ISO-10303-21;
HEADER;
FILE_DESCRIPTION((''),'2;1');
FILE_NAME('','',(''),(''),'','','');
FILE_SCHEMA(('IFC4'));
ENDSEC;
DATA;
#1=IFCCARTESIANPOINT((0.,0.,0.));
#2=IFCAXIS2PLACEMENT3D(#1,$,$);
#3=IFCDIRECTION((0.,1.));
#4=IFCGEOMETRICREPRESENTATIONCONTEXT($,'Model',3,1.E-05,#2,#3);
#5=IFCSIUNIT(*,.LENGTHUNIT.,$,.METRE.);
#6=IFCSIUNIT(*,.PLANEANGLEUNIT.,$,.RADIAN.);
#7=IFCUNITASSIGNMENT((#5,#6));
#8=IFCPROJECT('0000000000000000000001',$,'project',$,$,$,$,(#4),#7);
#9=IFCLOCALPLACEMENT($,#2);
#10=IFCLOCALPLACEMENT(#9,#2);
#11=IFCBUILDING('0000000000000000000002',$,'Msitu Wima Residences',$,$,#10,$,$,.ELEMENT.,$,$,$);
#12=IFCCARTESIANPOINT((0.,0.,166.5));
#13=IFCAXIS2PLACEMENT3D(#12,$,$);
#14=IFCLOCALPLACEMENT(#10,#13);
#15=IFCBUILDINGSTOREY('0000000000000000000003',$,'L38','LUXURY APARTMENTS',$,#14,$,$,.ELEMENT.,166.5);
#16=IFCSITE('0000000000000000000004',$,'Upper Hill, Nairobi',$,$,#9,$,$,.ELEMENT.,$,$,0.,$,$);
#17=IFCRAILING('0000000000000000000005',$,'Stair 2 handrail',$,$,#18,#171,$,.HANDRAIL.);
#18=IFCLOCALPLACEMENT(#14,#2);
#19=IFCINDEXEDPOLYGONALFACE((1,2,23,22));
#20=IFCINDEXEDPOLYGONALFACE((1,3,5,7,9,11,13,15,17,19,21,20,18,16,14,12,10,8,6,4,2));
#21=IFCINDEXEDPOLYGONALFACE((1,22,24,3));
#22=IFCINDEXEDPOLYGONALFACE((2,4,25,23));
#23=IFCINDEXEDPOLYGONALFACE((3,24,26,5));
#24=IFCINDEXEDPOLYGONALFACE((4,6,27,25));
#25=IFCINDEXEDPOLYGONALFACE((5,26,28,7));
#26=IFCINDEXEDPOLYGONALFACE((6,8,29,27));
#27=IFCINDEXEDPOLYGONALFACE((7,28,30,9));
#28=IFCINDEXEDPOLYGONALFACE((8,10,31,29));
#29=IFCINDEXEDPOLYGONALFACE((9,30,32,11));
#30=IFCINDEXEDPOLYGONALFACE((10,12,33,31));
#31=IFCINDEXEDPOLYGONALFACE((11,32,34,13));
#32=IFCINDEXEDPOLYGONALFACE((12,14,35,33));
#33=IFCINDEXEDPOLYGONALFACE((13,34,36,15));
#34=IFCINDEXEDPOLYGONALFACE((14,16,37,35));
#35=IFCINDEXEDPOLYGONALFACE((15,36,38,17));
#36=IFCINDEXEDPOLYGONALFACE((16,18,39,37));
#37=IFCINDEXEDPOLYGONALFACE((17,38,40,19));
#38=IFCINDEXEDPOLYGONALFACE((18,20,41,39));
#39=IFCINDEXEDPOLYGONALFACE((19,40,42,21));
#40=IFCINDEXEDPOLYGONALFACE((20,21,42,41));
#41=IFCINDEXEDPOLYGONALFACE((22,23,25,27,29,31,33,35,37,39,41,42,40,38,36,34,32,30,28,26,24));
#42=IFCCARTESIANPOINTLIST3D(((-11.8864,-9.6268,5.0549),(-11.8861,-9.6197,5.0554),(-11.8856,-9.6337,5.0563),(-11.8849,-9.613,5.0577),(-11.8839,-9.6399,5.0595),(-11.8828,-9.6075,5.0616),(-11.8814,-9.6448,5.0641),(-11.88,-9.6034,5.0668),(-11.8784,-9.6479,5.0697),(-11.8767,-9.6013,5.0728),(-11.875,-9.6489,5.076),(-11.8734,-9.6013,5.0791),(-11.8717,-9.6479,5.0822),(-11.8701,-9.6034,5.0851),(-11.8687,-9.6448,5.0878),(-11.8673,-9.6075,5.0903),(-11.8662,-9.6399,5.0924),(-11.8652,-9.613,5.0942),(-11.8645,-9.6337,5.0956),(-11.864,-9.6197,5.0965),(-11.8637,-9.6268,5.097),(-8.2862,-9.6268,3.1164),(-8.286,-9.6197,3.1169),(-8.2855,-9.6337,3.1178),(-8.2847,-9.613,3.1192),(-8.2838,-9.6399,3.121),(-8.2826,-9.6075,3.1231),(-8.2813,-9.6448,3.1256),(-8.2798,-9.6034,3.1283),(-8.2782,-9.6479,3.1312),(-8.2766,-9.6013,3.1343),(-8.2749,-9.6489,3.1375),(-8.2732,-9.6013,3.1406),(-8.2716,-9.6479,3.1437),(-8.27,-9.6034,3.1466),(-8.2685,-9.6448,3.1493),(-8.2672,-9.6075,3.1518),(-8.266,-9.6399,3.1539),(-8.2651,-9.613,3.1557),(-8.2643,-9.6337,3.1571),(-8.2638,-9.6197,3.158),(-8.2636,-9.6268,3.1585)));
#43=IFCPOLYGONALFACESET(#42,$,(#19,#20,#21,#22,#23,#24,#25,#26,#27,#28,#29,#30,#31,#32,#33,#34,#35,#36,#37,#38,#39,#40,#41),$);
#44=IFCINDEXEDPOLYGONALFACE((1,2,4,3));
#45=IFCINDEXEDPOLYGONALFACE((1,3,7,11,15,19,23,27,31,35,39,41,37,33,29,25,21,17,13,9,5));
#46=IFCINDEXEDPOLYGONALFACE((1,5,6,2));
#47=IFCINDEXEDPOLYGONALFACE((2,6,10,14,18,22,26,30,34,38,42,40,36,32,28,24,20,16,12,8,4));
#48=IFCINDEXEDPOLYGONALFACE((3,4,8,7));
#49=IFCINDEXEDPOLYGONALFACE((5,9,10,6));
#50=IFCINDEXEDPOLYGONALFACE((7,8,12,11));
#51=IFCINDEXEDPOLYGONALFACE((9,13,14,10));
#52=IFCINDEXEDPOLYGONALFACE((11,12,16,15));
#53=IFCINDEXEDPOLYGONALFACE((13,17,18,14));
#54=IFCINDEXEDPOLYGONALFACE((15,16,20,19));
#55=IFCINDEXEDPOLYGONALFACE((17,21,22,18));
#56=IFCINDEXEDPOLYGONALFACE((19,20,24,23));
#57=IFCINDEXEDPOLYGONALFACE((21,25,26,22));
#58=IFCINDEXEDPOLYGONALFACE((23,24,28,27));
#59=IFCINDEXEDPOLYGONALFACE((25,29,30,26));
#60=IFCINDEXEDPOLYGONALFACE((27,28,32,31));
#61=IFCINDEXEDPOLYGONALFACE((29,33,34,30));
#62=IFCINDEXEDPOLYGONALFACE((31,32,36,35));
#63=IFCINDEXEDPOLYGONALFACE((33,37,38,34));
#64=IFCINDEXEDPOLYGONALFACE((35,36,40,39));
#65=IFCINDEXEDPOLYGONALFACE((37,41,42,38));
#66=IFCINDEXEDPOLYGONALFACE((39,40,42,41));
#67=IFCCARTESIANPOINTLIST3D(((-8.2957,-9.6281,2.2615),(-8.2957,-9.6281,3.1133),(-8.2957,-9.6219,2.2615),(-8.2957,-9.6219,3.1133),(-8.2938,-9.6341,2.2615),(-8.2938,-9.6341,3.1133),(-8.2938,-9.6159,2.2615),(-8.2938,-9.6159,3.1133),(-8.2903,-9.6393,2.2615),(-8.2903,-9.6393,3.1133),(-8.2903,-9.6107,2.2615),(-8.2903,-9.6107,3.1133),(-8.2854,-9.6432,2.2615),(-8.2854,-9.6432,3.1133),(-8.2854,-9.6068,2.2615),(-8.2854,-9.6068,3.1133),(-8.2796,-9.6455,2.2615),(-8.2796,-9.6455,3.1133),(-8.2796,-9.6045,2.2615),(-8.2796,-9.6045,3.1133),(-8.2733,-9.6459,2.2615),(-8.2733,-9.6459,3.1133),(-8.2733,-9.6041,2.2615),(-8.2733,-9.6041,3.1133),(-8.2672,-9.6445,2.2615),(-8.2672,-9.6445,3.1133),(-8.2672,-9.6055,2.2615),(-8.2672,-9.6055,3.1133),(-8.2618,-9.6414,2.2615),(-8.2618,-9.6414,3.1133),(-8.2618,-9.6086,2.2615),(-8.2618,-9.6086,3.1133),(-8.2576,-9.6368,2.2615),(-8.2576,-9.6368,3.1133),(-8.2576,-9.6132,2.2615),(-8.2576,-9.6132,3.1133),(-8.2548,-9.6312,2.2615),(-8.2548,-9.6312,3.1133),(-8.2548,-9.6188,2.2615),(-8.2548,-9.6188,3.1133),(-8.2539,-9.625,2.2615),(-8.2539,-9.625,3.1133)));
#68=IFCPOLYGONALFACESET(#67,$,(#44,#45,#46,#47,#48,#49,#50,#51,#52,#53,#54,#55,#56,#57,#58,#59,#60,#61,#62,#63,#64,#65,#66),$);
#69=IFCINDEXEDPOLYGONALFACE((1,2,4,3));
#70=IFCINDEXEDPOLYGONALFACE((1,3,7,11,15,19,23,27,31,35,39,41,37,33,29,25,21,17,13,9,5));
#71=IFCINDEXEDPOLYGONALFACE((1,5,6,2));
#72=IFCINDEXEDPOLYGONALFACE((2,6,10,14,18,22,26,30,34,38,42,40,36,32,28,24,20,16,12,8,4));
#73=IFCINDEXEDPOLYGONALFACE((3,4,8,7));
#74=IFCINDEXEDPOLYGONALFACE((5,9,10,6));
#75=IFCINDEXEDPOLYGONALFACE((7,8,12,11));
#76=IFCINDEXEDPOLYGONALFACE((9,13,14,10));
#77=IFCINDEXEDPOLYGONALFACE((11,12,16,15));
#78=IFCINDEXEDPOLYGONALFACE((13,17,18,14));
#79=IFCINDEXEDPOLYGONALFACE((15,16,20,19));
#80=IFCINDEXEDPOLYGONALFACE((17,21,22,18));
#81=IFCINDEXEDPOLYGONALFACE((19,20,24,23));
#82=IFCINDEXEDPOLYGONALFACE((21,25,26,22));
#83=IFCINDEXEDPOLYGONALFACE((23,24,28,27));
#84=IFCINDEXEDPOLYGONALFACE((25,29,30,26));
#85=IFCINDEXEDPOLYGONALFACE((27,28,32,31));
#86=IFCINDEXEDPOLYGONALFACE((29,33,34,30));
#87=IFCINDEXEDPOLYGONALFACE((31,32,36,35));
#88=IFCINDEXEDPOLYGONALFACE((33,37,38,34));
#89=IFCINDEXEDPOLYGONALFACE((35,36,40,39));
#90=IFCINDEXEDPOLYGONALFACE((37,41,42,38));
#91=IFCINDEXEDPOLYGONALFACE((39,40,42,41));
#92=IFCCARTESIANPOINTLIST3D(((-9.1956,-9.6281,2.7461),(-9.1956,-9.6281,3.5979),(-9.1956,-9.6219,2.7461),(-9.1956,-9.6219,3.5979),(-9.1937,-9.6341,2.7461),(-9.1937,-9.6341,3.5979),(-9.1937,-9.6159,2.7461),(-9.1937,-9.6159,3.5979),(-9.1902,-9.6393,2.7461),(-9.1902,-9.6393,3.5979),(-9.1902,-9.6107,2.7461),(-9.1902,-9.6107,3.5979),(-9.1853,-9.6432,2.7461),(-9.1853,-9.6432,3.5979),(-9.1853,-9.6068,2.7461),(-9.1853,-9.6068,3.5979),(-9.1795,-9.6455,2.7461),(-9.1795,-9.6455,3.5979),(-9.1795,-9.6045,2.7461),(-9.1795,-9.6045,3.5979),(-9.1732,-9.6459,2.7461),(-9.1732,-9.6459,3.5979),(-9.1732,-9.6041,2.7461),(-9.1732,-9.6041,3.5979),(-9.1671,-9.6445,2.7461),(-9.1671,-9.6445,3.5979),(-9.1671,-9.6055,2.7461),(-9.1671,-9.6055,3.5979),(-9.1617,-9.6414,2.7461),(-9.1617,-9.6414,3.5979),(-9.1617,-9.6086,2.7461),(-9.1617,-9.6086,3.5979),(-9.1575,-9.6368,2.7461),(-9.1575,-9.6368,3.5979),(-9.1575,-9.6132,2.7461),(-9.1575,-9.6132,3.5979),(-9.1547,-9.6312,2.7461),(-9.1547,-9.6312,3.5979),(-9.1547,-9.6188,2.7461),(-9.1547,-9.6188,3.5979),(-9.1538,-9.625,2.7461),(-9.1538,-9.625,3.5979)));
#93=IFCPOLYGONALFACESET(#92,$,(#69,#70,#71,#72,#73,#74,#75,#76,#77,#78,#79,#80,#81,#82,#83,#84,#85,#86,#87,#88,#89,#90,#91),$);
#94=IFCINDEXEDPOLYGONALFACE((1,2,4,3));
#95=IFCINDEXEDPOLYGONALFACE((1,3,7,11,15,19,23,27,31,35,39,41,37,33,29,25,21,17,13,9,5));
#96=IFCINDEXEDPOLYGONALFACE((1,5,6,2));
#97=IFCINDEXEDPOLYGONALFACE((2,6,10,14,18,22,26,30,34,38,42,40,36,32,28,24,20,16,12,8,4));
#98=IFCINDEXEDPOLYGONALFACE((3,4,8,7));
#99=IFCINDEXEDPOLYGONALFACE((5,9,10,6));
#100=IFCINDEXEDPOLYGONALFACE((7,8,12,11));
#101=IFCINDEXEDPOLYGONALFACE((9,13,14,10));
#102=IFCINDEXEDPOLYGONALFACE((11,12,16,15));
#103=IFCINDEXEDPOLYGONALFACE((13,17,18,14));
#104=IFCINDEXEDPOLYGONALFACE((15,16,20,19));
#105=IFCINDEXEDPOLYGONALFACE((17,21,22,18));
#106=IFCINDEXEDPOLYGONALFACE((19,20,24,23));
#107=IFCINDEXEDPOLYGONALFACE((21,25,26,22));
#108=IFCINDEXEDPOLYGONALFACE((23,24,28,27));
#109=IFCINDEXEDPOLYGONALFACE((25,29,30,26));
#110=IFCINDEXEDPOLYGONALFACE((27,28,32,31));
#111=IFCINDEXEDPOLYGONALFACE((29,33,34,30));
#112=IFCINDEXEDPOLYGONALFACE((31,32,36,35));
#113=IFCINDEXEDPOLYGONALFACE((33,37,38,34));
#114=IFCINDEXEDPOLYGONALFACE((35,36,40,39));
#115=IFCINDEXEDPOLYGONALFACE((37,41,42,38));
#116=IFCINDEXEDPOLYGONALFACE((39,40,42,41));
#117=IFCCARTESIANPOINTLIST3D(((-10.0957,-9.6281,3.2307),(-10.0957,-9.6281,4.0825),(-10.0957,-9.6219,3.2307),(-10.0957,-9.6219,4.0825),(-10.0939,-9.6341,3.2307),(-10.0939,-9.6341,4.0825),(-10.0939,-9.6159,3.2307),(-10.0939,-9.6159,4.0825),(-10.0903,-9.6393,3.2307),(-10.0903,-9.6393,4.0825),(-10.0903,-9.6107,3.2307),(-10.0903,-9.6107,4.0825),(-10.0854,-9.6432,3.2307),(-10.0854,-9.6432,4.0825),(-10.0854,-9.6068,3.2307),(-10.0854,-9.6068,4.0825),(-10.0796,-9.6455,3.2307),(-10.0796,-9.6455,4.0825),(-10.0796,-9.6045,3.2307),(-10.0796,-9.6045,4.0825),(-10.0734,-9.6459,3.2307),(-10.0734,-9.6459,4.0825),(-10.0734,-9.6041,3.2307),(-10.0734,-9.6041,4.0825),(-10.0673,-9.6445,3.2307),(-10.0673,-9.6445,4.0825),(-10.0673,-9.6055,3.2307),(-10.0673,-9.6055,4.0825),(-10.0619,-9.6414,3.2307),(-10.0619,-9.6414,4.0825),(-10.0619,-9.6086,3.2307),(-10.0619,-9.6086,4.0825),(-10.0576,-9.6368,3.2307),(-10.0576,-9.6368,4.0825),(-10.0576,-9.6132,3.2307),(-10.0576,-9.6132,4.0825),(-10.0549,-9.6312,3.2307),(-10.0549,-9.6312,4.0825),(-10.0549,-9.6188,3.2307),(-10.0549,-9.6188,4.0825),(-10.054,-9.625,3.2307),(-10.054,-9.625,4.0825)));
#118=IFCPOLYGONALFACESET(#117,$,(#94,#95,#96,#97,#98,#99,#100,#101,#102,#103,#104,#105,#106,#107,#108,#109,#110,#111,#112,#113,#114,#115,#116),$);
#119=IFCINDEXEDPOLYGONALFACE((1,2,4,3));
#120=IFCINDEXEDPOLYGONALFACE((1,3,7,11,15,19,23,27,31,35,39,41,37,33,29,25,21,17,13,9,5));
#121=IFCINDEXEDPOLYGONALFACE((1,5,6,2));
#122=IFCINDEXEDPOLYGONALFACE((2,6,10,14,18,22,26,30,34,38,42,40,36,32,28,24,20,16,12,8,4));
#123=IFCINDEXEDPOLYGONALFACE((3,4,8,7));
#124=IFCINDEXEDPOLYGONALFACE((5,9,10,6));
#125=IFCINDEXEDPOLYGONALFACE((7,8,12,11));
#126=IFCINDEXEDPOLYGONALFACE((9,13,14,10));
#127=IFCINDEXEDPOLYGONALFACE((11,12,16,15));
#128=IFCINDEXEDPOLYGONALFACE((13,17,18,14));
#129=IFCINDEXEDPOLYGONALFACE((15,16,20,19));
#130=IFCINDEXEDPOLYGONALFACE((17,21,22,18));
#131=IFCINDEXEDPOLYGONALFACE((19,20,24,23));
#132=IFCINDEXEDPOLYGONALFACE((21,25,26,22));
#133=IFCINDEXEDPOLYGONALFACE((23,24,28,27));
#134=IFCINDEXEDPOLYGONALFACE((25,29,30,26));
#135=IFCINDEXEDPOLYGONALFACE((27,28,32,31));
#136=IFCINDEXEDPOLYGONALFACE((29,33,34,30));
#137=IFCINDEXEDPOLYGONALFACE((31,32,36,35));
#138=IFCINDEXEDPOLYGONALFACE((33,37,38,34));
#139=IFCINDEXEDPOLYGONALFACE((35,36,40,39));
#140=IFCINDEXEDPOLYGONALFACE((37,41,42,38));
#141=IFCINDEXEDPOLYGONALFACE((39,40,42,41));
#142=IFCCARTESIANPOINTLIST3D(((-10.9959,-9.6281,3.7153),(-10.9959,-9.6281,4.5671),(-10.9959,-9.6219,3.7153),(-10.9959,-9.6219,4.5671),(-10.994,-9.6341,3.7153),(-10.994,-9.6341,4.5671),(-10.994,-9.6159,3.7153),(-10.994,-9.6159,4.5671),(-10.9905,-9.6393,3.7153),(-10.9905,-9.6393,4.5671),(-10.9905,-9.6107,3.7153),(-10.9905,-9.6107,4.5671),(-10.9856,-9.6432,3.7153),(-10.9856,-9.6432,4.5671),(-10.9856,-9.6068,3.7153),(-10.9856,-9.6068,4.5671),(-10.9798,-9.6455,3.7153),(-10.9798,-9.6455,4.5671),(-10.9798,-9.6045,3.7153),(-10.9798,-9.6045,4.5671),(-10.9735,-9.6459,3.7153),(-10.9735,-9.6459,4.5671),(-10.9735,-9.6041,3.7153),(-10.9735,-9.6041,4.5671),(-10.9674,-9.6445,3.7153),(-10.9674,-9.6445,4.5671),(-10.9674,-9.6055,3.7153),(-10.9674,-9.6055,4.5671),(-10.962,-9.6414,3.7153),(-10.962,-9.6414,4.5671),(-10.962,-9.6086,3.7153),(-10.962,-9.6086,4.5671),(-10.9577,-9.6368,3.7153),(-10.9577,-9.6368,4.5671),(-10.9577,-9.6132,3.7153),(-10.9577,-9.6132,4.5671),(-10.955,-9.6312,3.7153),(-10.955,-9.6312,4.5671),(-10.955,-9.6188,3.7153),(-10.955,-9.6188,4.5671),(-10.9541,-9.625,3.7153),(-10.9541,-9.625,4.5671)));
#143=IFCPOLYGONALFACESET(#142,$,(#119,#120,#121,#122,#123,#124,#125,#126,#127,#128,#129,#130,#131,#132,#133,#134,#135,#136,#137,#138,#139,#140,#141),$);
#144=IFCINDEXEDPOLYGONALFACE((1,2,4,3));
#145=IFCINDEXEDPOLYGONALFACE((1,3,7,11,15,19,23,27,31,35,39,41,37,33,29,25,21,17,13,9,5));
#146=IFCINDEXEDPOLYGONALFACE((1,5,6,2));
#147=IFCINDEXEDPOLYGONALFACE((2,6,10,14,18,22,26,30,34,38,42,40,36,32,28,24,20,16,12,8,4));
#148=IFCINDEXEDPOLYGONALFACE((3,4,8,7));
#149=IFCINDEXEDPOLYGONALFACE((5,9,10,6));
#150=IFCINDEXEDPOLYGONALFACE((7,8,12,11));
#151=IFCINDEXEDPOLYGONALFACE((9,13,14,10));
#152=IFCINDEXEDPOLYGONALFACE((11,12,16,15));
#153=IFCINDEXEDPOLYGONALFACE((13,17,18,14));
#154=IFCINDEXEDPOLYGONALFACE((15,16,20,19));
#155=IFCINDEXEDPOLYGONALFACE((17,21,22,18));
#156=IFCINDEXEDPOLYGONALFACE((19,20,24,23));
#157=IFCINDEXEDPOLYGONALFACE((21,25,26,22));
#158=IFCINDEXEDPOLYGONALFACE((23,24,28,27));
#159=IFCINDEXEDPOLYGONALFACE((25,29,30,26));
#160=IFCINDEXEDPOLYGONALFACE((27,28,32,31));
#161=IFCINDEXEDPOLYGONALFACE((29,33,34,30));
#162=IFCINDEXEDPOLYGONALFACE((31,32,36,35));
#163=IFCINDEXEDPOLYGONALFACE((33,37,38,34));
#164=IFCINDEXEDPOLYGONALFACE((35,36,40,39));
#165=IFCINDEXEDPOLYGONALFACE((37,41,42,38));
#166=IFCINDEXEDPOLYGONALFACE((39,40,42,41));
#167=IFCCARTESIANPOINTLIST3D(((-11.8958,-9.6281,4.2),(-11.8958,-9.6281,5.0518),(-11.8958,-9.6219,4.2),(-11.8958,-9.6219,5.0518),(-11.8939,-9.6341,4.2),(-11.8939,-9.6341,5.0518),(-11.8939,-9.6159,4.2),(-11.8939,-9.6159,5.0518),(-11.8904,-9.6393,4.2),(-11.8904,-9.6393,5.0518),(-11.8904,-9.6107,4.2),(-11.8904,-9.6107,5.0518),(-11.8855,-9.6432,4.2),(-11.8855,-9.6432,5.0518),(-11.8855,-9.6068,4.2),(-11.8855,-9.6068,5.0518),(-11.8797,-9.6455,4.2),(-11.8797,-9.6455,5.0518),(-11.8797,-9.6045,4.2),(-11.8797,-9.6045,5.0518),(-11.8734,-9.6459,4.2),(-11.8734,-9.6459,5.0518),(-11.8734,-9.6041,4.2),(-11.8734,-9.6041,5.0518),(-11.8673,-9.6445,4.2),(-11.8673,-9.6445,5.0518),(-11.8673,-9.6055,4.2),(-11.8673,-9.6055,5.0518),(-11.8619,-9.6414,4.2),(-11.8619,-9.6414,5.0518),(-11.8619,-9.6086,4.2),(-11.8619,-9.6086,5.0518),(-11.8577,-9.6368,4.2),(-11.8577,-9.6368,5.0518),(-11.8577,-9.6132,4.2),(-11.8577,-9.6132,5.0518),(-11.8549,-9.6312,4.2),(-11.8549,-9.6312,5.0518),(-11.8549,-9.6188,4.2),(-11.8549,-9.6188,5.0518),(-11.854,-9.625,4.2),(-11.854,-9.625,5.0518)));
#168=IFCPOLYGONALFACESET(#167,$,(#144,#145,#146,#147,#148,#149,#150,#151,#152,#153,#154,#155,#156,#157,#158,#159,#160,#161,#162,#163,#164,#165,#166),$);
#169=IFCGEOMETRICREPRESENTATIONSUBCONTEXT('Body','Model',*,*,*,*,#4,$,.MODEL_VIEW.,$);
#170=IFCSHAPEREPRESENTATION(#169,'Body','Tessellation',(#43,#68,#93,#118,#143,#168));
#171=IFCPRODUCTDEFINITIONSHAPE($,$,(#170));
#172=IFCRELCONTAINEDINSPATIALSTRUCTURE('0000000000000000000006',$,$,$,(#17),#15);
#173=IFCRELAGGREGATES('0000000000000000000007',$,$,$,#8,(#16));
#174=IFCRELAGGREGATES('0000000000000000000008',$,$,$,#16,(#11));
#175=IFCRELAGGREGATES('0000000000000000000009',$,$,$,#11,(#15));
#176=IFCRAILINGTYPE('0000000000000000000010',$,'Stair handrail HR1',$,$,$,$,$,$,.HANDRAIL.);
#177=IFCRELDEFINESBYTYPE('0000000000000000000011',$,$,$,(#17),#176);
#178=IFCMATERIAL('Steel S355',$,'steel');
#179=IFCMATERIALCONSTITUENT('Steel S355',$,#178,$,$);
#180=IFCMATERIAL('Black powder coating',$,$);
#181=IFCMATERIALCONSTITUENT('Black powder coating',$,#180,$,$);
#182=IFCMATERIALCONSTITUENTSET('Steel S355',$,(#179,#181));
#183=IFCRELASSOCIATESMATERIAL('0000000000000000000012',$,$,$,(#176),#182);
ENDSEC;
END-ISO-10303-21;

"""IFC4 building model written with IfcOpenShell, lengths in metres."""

from ifc_helpers import new_model, si_unit, direction, frame, origin, origin_2d, place, context, subcontext, project, spatial, circle, extrude, material, constituent, constituent_set, type_object, element, save


model = new_model("IFC4")

# Units and contexts
model_context = context("Model", 3, precision=1e-05, world=origin(), true_north=direction((0.0, 1.0)))
body_context = subcontext(model_context, "Body", "Model", "MODEL_VIEW")
ifc_project = project(units=[si_unit("LENGTHUNIT", "METRE"), si_unit("PLANEANGLEUNIT", "RADIAN")], contexts=[model_context])

# Site, building, storey
site_placement = place(None, origin())
site = spatial("IfcSite", under=ifc_project, at=site_placement, Name="Upper Hill, Nairobi", CompositionType="ELEMENT", RefElevation=0.0)
building_placement = place(site_placement, origin())
building = spatial("IfcBuilding", under=site, at=building_placement, Name="Msitu Wima Residences", CompositionType="ELEMENT")
storey_placement = place(building_placement, frame((0.0, 0.0, 166.5)))
storey = spatial("IfcBuildingStorey", under=building, at=storey_placement, Name="L38", Description="LUXURY APARTMENTS", CompositionType="ELEMENT", Elevation=166.5)

# Railing
ifc_material_1 = material(Name="Steel S355", Category="steel")
ifc_constituent_1 = constituent(ifc_material_1, Name="Steel S355")
ifc_material_2 = material(Name="Black powder coating")
ifc_constituent_2 = constituent(ifc_material_2, Name="Black powder coating")
ifc_constituent_set = constituent_set(constituents=[ifc_constituent_1, ifc_constituent_2], Name="Steel S355")
railing_type = type_object("IfcRailingType", Name="Stair handrail HR1", PredefinedType="HANDRAIL", material=ifc_constituent_set)
for number, where, name in (
    (1, (-8.2749, -9.625, 2.2615), "Stair 2 handrail"),
):
    element("IfcRailing", number, at=place(storey_placement, frame(where)), inside=storey, type_object=railing_type, Name=name, PredefinedType="HANDRAIL", context=body_context, shape_type="SweptSolid", body=[
        extrude(circle(Radius=0.0239, at=origin_2d()), frame((0.0, 0.0, 0.876), z_axis=(-0.880475, 0.0, 0.474093), x_axis=(0.0, -1.0, 0.0)), (0.0, 0.0, 1.0), 4.0889),
        extrude(circle(Radius=0.021, at=origin_2d()), origin(), (0.0, 0.0, 1.0), 0.8518),
        extrude(circle(Radius=0.021, at=origin_2d()), frame((-0.8999, 0.0, 0.4846)), (0.0, 0.0, 1.0), 0.8518),
        extrude(circle(Radius=0.021, at=origin_2d()), frame((-1.8, 0.0, 0.9692)), (0.0, 0.0, 1.0), 0.8518),
        extrude(circle(Radius=0.021, at=origin_2d()), frame((-2.7002, 0.0, 1.4539)), (0.0, 0.0, 1.0), 0.8518),
        extrude(circle(Radius=0.021, at=origin_2d()), frame((-3.6001, 0.0, 1.9385)), (0.0, 0.0, 1.0), 0.8518),
    ])

save(model, "model.ifc")
